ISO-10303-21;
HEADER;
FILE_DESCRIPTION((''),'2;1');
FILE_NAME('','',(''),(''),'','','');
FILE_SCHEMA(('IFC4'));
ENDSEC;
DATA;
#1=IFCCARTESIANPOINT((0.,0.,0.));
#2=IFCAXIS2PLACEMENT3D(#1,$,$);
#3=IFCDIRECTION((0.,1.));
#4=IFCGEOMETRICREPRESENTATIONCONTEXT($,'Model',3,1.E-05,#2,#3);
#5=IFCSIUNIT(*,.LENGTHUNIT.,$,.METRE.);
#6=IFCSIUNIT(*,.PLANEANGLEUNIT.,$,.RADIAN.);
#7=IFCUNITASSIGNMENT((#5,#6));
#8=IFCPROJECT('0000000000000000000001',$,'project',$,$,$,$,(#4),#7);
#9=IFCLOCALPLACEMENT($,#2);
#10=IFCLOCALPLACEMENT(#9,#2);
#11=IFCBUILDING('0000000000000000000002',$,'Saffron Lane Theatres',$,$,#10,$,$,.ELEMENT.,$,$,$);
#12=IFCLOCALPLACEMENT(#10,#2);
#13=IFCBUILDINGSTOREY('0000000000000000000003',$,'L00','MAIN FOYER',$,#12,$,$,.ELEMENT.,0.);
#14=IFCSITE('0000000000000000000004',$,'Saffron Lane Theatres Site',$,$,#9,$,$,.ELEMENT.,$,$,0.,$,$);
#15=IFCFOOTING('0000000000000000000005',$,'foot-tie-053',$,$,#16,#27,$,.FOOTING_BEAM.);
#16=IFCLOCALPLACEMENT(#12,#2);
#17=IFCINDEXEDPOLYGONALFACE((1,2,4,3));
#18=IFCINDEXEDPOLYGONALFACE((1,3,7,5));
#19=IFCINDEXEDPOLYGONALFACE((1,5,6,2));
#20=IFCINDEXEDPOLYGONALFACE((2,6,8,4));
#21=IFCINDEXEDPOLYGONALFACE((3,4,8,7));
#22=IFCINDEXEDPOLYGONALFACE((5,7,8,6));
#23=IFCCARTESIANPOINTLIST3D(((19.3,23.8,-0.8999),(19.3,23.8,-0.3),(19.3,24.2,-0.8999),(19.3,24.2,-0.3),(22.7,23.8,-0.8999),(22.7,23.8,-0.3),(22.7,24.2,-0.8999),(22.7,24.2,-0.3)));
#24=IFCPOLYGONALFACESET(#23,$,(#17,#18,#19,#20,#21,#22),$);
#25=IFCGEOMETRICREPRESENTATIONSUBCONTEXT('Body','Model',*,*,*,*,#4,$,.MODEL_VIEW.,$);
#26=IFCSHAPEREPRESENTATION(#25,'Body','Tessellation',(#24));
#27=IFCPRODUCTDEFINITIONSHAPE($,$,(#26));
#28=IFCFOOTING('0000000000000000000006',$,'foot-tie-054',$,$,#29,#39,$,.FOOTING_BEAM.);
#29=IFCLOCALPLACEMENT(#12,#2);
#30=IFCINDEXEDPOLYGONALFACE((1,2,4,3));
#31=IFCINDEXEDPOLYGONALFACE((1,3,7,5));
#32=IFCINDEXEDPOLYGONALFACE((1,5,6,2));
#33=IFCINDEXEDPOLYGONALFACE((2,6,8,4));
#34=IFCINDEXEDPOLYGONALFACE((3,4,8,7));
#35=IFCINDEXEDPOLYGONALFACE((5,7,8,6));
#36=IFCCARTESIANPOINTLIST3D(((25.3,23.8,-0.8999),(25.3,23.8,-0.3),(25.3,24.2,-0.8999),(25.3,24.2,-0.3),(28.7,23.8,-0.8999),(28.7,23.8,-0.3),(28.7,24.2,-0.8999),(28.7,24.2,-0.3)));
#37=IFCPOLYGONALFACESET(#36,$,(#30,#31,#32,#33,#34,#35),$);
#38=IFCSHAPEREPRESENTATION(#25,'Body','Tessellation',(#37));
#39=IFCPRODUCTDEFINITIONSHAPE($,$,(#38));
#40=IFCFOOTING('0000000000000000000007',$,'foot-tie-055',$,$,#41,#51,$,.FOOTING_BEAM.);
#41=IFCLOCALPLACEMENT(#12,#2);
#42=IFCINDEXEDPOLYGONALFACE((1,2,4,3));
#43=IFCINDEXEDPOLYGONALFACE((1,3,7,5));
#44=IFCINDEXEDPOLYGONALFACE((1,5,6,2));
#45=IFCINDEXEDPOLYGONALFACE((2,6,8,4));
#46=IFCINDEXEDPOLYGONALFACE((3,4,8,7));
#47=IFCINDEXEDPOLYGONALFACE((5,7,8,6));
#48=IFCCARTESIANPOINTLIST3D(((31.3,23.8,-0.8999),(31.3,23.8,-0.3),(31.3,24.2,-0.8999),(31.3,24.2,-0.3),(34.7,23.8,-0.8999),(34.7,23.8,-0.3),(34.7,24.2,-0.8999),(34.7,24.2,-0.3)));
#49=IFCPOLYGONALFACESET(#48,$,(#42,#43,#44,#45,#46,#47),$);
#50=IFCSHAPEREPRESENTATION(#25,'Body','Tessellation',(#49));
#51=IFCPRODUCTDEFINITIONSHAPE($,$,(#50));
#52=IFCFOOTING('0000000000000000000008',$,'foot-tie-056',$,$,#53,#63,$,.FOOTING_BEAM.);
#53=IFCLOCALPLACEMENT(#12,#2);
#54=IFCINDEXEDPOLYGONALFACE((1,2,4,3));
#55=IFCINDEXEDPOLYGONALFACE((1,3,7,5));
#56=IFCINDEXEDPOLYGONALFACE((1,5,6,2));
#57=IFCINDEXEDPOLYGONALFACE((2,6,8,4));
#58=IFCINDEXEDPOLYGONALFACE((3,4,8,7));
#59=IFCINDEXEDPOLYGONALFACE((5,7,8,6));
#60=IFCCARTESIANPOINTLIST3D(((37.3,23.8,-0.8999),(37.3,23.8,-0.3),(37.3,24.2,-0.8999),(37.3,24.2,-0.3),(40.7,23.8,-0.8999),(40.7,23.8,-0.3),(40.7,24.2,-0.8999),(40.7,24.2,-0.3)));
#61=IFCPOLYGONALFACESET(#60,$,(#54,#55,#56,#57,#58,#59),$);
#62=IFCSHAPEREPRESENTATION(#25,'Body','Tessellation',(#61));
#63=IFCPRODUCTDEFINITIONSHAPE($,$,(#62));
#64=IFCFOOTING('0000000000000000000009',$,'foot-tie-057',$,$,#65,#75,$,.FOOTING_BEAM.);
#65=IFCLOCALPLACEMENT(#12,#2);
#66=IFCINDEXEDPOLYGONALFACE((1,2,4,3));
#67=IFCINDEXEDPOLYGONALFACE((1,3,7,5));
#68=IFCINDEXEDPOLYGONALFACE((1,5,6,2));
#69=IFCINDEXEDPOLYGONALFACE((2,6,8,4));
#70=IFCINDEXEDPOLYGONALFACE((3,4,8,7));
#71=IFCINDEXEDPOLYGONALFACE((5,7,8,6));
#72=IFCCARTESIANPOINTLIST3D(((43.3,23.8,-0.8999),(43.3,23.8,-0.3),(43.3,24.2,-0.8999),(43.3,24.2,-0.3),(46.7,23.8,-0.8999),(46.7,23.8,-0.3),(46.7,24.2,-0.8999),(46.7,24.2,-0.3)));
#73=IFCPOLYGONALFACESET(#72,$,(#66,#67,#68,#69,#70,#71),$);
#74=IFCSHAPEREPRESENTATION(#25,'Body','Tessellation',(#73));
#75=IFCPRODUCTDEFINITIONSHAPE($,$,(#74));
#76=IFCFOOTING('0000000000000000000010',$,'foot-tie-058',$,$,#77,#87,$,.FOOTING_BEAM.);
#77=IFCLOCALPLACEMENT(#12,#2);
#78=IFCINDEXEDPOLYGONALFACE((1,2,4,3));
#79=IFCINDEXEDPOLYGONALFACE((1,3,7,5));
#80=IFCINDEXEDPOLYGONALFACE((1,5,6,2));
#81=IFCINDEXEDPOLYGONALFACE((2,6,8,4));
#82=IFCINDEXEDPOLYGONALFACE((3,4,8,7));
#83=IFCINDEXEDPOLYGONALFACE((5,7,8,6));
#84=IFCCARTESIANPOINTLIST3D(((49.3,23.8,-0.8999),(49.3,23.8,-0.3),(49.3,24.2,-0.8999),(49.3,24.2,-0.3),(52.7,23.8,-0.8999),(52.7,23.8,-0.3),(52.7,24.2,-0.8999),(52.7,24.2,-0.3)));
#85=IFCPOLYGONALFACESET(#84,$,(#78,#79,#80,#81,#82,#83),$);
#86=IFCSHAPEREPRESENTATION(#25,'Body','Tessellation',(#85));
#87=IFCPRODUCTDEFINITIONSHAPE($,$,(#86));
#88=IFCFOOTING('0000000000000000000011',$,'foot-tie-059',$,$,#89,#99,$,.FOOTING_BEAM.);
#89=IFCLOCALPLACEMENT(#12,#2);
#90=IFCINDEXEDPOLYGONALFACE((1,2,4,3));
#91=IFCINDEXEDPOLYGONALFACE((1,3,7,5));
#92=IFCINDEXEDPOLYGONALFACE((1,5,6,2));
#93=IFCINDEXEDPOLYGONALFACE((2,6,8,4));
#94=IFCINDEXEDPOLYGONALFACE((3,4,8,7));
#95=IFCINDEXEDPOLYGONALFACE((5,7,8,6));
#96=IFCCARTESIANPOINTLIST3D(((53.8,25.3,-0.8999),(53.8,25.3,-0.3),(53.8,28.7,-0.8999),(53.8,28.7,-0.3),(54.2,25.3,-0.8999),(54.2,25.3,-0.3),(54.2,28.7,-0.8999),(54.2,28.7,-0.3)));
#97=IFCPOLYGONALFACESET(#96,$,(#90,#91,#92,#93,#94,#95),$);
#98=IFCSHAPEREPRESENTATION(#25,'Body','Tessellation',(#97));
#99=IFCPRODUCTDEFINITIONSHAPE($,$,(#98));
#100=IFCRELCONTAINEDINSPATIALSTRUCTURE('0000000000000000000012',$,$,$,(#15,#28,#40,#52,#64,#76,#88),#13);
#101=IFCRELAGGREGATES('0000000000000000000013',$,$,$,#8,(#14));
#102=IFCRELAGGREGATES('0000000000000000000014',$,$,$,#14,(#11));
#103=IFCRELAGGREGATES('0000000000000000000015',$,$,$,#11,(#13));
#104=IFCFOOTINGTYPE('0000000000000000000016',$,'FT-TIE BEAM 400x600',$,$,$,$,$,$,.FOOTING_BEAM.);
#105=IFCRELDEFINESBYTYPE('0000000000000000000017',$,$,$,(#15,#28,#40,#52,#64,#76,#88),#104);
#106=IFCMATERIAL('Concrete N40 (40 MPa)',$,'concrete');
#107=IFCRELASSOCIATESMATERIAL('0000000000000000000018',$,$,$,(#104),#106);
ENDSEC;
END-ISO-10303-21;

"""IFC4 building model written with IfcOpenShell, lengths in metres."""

from ifc_helpers import new_model, si_unit, direction, frame, origin, place, context, subcontext, project, spatial, polyline, outline, extrude, material, type_object, element, save


model = new_model("IFC4")

# Units and contexts
model_context = context("Model", 3, precision=1e-05, world=origin(), true_north=direction((0.0, 1.0)))
body_context = subcontext(model_context, "Body", "Model", "MODEL_VIEW")
ifc_project = project(units=[si_unit("LENGTHUNIT", "METRE"), si_unit("PLANEANGLEUNIT", "RADIAN")], contexts=[model_context])

# Site, building, storey
site_placement = place(None, origin())
site = spatial("IfcSite", under=ifc_project, at=site_placement, Name="Saffron Lane Theatres Site", CompositionType="ELEMENT", RefElevation=0.0)
building_placement = place(site_placement, origin())
building = spatial("IfcBuilding", under=site, at=building_placement, Name="Saffron Lane Theatres", CompositionType="ELEMENT")
storey_placement = place(building_placement, origin())
storey = spatial("IfcBuildingStorey", under=building, at=storey_placement, Name="L00", Description="MAIN FOYER", CompositionType="ELEMENT", Elevation=0.0)

# Footings
ifc_material_1 = material(Name="Concrete N40 (40 MPa)", Category="concrete")
footing_type_1 = type_object("IfcFootingType", Name="FT-TIE BEAM 400x600", PredefinedType="FOOTING_BEAM", material=ifc_material_1)
footing_1_placement = place(storey_placement, frame((0.0, 0.0, -0.8999)))
element("IfcFooting", 1, at=footing_1_placement, inside=storey, type_object=footing_type_1, Name="foot-tie-053", PredefinedType="FOOTING_BEAM", context=body_context, shape_type="SweptSolid", body=[
    extrude(outline(polyline([(19.3, 23.8), (22.7, 23.8), (22.7, 24.2), (19.3, 24.2), (19.3, 23.8)])), origin(), (0.0, 0.0, 1.0), 0.5999),
])
footing_2_placement = place(storey_placement, frame((0.0, 0.0, -0.8999)))
element("IfcFooting", 2, at=footing_2_placement, inside=storey, type_object=footing_type_1, Name="foot-tie-054", PredefinedType="FOOTING_BEAM", context=body_context, shape_type="SweptSolid", body=[
    extrude(outline(polyline([(25.3, 23.8), (28.7, 23.8), (28.7, 24.2), (25.3, 24.2), (25.3, 23.8)])), origin(), (0.0, 0.0, 1.0), 0.5999),
])
footing_3_placement = place(storey_placement, frame((0.0, 0.0, -0.8999)))
element("IfcFooting", 3, at=footing_3_placement, inside=storey, type_object=footing_type_1, Name="foot-tie-055", PredefinedType="FOOTING_BEAM", context=body_context, shape_type="SweptSolid", body=[
    extrude(outline(polyline([(31.3, 23.8), (34.7, 23.8), (34.7, 24.2), (31.3, 24.2), (31.3, 23.8)])), origin(), (0.0, 0.0, 1.0), 0.5999),
])
footing_4_placement = place(storey_placement, frame((0.0, 0.0, -0.8999)))
element("IfcFooting", 4, at=footing_4_placement, inside=storey, type_object=footing_type_1, Name="foot-tie-056", PredefinedType="FOOTING_BEAM", context=body_context, shape_type="SweptSolid", body=[
    extrude(outline(polyline([(37.3, 23.8), (40.7, 23.8), (40.7, 24.2), (37.3, 24.2), (37.3, 23.8)])), origin(), (0.0, 0.0, 1.0), 0.5999),
])
footing_5_placement = place(storey_placement, frame((0.0, 0.0, -0.8999)))
element("IfcFooting", 5, at=footing_5_placement, inside=storey, type_object=footing_type_1, Name="foot-tie-057", PredefinedType="FOOTING_BEAM", context=body_context, shape_type="SweptSolid", body=[
    extrude(outline(polyline([(43.3, 23.8), (46.7, 23.8), (46.7, 24.2), (43.3, 24.2), (43.3, 23.8)])), origin(), (0.0, 0.0, 1.0), 0.5999),
])
footing_6_placement = place(storey_placement, frame((0.0, 0.0, -0.8999)))
element("IfcFooting", 6, at=footing_6_placement, inside=storey, type_object=footing_type_1, Name="foot-tie-058", PredefinedType="FOOTING_BEAM", context=body_context, shape_type="SweptSolid", body=[
    extrude(outline(polyline([(49.3, 23.8), (52.7, 23.8), (52.7, 24.2), (49.3, 24.2), (49.3, 23.8)])), origin(), (0.0, 0.0, 1.0), 0.5999),
])
footing_7_placement = place(storey_placement, frame((0.0, 0.0, -0.8999)))
element("IfcFooting", 7, at=footing_7_placement, inside=storey, type_object=footing_type_1, Name="foot-tie-059", PredefinedType="FOOTING_BEAM", context=body_context, shape_type="SweptSolid", body=[
    extrude(outline(polyline([(53.8, 25.3), (54.2, 25.3), (54.2, 28.7), (53.8, 28.7), (53.8, 25.3)])), origin(), (0.0, 0.0, 1.0), 0.5999),
])

save(model, "model.ifc")
